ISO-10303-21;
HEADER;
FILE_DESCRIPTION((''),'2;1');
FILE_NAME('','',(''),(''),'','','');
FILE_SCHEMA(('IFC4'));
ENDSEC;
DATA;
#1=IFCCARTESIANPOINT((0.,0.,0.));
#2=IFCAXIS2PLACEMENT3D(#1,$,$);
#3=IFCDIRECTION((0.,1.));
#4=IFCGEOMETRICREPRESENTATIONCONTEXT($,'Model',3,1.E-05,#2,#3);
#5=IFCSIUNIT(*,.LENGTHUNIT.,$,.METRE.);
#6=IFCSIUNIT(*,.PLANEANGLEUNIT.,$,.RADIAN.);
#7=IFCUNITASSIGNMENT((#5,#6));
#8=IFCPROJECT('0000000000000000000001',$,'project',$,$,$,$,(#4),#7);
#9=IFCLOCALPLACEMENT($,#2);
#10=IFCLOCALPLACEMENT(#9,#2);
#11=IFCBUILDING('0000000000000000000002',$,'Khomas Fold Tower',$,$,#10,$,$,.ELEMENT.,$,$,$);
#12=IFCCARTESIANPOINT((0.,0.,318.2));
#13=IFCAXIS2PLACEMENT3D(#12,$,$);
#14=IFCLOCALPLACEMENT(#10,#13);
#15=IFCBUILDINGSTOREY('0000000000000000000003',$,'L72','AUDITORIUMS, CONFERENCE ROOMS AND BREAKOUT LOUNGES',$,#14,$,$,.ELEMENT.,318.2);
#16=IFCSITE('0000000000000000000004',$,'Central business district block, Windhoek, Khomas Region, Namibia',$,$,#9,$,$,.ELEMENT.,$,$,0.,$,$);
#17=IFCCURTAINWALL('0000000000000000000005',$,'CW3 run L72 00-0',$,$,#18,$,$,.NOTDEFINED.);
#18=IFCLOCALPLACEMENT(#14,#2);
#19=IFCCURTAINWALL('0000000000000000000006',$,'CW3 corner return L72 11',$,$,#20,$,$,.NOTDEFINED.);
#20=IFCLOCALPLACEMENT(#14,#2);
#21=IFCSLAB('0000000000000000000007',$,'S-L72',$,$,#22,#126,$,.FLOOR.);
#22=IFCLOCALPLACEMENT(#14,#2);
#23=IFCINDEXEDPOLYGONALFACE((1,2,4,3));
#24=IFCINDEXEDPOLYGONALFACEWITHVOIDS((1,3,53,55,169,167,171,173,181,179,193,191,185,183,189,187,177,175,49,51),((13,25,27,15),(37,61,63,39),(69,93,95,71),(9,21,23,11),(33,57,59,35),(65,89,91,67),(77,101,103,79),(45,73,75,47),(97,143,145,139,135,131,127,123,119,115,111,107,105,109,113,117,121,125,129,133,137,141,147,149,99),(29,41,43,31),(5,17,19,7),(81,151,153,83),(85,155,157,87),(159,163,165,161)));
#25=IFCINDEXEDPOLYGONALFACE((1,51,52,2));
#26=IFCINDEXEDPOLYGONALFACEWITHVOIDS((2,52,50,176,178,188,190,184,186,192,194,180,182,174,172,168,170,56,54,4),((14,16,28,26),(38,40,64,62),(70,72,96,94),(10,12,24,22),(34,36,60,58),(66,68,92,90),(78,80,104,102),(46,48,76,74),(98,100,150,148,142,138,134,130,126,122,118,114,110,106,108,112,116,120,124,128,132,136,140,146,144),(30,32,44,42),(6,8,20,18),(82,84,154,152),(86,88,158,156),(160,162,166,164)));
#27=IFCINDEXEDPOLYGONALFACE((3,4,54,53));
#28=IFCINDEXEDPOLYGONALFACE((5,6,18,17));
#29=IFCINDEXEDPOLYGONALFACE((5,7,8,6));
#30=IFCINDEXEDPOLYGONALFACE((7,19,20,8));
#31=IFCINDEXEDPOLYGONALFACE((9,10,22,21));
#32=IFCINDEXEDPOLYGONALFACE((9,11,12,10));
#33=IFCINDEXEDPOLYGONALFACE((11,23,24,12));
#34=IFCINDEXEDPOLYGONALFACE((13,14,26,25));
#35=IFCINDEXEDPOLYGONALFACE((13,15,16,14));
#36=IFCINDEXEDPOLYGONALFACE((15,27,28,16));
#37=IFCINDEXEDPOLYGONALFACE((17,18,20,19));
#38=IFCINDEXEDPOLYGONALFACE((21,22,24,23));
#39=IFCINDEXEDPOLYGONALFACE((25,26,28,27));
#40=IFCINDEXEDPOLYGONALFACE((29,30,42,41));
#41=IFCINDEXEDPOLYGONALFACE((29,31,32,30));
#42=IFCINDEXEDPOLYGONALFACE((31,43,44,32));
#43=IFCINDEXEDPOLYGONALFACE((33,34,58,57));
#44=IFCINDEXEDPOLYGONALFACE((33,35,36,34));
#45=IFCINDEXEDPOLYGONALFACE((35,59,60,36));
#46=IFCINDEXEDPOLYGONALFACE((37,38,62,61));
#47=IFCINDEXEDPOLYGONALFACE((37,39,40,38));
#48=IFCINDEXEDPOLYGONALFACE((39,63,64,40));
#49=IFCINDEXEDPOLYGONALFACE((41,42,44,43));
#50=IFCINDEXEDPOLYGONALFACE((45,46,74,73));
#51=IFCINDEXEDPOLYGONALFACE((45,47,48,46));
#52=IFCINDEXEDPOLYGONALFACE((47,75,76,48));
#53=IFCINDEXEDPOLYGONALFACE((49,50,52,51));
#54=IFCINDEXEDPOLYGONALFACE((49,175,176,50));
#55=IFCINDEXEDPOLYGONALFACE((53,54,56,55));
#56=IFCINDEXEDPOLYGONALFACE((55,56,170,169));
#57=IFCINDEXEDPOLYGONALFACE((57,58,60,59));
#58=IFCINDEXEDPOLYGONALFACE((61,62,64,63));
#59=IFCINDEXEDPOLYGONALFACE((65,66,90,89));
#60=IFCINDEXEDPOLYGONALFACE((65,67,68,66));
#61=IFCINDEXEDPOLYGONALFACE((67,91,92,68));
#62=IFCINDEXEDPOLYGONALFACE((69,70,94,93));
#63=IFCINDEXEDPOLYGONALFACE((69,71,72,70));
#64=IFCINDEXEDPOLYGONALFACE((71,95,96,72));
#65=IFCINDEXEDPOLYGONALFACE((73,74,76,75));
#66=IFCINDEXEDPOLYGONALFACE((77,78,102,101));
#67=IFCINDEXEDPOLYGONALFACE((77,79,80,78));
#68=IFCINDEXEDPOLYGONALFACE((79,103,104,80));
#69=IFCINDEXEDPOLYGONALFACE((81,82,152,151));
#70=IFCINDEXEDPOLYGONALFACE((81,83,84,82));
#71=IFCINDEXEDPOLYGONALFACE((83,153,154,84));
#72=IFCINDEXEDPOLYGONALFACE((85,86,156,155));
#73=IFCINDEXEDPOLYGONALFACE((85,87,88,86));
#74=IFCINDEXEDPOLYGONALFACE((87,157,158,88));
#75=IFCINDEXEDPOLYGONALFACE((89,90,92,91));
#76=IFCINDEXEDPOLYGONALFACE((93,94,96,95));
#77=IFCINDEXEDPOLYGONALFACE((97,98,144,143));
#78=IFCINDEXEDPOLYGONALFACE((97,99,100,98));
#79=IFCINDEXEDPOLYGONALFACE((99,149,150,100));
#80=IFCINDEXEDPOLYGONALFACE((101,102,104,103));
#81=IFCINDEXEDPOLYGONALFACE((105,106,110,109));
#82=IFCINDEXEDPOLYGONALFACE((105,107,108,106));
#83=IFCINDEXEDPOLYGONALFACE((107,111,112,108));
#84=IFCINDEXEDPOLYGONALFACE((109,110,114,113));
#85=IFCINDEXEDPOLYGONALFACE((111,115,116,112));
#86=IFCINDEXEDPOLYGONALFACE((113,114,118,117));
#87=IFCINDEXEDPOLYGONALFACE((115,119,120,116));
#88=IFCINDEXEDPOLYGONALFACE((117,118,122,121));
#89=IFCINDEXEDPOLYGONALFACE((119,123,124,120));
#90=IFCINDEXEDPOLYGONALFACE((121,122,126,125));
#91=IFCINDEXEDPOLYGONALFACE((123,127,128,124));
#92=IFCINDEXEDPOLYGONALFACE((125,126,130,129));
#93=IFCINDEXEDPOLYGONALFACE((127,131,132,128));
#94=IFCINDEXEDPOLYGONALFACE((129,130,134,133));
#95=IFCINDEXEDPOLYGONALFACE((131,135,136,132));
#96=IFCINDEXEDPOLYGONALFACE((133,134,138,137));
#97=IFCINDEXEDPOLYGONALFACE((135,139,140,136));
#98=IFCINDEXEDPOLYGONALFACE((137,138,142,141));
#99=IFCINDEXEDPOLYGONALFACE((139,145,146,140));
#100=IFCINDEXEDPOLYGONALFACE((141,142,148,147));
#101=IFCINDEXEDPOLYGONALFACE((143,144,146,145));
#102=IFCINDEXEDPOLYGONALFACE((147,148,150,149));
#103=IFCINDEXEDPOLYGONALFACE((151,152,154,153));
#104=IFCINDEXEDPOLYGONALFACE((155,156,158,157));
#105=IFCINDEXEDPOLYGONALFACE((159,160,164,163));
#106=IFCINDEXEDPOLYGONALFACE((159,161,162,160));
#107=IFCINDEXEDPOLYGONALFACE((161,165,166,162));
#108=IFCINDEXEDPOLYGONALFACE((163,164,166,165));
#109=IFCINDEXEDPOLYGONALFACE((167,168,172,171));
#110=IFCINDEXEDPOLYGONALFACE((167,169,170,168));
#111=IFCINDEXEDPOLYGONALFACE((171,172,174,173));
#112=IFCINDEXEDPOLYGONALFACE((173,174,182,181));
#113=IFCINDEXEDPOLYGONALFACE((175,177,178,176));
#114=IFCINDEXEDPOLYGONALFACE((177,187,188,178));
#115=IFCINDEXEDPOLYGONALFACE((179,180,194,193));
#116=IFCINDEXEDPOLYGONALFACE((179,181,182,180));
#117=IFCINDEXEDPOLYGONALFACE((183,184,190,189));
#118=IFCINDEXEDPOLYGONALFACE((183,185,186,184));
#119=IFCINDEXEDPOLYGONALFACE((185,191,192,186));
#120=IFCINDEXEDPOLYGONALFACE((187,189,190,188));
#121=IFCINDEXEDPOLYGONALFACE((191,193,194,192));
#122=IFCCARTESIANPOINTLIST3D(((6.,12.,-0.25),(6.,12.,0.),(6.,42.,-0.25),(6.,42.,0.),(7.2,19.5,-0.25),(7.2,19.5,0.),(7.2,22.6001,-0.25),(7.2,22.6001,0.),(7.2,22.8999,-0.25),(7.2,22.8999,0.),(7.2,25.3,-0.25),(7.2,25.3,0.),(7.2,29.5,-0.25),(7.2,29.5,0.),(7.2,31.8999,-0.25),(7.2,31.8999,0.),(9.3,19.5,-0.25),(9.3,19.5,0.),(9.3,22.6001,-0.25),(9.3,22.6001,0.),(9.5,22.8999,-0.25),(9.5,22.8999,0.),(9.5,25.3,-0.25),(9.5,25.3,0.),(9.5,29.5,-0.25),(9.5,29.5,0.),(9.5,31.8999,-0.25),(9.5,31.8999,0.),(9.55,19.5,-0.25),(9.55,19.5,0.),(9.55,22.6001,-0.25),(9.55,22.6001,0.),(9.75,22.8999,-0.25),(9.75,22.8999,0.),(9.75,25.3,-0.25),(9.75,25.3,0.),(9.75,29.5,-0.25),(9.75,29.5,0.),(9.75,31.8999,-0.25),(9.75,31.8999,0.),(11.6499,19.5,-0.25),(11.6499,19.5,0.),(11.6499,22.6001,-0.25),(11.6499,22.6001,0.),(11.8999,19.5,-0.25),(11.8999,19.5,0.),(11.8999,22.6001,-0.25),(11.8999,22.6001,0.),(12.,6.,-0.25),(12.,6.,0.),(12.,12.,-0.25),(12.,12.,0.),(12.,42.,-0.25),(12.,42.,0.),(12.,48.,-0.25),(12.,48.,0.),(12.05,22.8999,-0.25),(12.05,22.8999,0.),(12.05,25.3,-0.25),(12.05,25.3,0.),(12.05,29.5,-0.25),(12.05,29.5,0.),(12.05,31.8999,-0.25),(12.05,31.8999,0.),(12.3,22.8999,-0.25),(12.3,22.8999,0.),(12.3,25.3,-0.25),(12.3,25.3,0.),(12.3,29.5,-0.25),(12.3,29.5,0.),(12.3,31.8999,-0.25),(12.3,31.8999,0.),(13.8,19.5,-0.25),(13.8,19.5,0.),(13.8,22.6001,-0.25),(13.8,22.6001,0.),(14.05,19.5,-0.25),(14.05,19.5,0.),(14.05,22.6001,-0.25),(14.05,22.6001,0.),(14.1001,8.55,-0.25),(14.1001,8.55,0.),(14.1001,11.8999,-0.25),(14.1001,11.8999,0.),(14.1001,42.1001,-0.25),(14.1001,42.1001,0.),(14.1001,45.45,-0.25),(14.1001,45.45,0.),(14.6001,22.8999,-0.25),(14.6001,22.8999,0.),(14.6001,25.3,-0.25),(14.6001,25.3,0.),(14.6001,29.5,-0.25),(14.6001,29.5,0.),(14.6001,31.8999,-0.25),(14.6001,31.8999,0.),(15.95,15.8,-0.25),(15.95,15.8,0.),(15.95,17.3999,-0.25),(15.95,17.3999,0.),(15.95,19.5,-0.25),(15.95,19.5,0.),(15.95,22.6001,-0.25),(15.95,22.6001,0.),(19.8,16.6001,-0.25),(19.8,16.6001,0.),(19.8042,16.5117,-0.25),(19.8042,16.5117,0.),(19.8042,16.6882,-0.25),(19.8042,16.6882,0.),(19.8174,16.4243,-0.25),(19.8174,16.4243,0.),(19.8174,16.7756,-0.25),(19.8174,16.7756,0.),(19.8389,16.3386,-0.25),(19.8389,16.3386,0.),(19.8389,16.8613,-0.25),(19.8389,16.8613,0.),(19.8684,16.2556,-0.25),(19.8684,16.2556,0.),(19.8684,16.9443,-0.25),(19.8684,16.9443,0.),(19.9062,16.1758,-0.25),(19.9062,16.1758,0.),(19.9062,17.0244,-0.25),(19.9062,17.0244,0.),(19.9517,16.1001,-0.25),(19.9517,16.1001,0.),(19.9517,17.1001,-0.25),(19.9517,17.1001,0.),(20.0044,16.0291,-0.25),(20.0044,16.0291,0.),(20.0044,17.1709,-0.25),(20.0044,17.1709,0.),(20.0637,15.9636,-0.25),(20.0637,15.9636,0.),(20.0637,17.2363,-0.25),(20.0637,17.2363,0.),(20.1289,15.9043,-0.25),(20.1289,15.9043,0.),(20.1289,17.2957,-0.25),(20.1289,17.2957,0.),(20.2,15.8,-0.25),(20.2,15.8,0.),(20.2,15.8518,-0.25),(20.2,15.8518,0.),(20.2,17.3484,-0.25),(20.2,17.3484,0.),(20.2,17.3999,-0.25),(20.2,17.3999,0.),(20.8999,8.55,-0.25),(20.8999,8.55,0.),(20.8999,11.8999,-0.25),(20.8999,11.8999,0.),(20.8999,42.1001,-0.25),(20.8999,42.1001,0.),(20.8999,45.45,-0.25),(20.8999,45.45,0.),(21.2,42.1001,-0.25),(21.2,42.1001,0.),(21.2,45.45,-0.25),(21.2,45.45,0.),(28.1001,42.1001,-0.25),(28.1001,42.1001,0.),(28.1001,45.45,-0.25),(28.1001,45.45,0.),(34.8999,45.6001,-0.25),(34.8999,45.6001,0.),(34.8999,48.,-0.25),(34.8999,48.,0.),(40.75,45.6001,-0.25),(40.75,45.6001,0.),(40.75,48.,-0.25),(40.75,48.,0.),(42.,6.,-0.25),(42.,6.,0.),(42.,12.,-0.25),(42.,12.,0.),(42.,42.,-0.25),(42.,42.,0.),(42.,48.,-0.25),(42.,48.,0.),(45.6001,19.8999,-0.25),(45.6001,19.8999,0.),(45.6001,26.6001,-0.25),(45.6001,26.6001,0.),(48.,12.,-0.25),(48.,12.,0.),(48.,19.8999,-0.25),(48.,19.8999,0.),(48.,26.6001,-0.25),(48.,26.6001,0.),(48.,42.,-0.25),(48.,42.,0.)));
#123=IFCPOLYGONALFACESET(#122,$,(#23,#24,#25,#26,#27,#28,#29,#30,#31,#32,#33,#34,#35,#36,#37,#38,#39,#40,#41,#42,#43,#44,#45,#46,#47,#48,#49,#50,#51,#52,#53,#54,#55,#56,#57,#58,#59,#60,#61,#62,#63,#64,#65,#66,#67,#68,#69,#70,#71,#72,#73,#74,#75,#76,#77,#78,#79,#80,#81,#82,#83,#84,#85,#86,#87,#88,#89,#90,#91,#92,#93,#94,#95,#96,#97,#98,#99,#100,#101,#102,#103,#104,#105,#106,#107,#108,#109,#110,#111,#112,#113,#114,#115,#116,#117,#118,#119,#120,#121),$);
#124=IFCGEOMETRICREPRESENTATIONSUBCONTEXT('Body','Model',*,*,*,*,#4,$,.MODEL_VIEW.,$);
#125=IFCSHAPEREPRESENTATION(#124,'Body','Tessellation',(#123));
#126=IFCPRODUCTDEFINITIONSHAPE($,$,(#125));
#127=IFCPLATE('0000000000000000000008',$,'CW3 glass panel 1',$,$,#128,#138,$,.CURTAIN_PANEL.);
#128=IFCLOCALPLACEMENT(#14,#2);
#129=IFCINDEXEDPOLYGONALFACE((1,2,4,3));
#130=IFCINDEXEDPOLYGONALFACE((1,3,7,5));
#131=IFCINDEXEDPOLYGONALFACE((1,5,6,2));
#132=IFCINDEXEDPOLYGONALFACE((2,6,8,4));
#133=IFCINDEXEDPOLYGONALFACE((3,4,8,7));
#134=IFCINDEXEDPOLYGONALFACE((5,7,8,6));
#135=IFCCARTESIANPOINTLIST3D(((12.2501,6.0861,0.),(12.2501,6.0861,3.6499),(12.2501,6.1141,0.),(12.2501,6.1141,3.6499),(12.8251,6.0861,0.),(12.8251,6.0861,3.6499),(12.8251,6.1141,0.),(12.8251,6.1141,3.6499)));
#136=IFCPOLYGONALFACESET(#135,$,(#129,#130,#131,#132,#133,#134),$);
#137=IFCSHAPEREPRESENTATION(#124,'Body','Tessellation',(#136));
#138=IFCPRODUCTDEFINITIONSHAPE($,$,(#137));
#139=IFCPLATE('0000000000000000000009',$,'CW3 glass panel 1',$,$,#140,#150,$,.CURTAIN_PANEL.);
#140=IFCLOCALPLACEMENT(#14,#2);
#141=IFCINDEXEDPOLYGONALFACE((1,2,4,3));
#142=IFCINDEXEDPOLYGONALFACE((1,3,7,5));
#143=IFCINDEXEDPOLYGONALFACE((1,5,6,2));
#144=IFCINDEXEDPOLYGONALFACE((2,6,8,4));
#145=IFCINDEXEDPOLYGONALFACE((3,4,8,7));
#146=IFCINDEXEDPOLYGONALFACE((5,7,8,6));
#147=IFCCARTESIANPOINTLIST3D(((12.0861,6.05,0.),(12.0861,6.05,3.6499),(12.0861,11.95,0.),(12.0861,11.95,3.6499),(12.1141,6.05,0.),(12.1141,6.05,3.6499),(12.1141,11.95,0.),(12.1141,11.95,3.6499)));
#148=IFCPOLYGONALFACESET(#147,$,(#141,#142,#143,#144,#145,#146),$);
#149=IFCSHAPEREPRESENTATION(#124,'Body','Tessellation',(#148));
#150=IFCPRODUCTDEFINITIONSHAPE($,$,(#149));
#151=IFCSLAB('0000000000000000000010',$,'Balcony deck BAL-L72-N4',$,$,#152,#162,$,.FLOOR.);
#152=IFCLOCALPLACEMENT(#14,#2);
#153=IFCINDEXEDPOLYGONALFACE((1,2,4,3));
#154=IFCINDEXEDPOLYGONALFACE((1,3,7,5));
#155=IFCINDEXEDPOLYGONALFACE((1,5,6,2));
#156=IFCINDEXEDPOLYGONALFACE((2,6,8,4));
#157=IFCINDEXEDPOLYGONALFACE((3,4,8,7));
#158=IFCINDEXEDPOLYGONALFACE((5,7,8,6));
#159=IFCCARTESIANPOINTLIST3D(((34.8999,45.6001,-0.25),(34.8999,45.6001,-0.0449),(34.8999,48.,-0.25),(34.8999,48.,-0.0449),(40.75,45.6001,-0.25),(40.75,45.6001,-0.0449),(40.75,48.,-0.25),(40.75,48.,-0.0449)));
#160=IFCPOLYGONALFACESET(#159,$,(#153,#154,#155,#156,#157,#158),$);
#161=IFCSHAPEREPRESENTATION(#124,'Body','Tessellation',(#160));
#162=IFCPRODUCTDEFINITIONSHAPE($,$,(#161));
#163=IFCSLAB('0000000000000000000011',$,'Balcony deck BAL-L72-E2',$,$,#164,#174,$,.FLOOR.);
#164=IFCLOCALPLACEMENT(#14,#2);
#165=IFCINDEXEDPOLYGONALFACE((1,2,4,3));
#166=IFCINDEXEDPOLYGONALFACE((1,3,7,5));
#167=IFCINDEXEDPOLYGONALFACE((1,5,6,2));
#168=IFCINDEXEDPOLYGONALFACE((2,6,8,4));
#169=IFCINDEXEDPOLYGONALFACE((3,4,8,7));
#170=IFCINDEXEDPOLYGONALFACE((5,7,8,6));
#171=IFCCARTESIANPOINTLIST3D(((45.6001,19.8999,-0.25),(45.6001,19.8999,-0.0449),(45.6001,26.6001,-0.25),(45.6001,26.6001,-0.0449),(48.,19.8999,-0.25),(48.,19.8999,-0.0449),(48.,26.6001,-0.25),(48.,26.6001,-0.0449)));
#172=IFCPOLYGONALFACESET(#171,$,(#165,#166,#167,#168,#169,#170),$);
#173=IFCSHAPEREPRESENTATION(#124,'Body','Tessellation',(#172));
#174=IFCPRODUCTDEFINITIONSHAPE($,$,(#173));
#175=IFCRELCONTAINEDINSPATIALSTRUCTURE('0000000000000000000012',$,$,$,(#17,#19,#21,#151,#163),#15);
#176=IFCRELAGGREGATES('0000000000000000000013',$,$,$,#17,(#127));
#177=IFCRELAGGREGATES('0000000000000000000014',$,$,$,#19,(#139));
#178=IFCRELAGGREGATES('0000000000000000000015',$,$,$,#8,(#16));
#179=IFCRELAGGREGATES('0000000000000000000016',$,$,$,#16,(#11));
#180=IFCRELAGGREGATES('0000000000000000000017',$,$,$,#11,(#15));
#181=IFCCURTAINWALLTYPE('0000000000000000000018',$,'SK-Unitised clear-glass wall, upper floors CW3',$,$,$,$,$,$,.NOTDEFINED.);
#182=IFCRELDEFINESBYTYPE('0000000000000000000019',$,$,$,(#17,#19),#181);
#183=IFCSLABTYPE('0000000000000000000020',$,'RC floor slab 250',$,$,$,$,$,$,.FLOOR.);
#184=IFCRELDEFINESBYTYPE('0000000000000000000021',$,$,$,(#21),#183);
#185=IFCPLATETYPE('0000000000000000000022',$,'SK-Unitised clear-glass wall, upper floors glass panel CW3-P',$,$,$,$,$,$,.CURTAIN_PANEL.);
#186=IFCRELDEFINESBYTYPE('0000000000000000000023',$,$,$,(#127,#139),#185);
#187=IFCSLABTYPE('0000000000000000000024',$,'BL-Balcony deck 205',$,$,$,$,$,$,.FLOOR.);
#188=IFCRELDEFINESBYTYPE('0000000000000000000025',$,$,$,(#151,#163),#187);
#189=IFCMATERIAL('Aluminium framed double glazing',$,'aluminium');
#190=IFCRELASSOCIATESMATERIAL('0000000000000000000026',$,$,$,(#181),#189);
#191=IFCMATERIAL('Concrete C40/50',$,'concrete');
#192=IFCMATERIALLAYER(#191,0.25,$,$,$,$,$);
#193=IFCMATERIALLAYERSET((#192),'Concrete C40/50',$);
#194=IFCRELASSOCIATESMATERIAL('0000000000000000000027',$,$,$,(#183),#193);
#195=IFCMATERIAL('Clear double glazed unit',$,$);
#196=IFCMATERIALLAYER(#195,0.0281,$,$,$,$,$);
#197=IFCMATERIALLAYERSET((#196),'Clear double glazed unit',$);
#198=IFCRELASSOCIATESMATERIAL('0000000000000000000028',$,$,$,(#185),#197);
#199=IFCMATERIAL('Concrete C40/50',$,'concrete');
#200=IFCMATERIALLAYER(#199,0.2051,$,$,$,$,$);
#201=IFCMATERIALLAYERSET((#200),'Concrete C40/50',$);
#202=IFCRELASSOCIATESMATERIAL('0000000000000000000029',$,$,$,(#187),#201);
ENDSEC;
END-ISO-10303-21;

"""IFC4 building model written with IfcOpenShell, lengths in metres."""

from ifc_helpers import new_model, si_unit, direction, frame, origin, origin_2d, place, context, subcontext, project, spatial, polyline, rectangle, outline, extrude, source, transform, mapped, material, layer, layer_set, type_object, element, aggregate, save


model = new_model("IFC4")

# Units and contexts
model_context = context("Model", 3, precision=1e-05, world=origin(), true_north=direction((0.0, 1.0)))
body_context = subcontext(model_context, "Body", "Model", "MODEL_VIEW")
ifc_project = project(units=[si_unit("LENGTHUNIT", "METRE"), si_unit("PLANEANGLEUNIT", "RADIAN")], contexts=[model_context])

# Site, building, storey
site_placement = place(None, origin())
site = spatial("IfcSite", under=ifc_project, at=site_placement, Name="Central business district block, Windhoek, Khomas Region, Namibia", CompositionType="ELEMENT", RefElevation=0.0)
building_placement = place(site_placement, origin())
building = spatial("IfcBuilding", under=site, at=building_placement, Name="Khomas Fold Tower", CompositionType="ELEMENT")
storey_placement = place(building_placement, frame((0.0, 0.0, 318.2)))
storey = spatial("IfcBuildingStorey", under=building, at=storey_placement, Name="L72", Description="AUDITORIUMS, CONFERENCE ROOMS AND BREAKOUT LOUNGES", CompositionType="ELEMENT", Elevation=318.2)

# Curtain wall
ifc_material_1 = material(Name="Aluminium framed double glazing", Category="aluminium")
curtain_wall_type = type_object("IfcCurtainWallType", Name="SK-Unitised clear-glass wall, upper floors CW3", PredefinedType="NOTDEFINED", material=ifc_material_1)
curtain_wall_1_placement = place(storey_placement, origin())
curtain_wall_1 = element("IfcCurtainWall", 1, at=curtain_wall_1_placement, inside=storey, type_object=curtain_wall_type, Name="CW3 run L72 00-0", PredefinedType="NOTDEFINED")

# Curtain wall
curtain_wall_2_placement = place(storey_placement, origin())
curtain_wall_2 = element("IfcCurtainWall", 2, at=curtain_wall_2_placement, inside=storey, type_object=curtain_wall_type, Name="CW3 corner return L72 11", PredefinedType="NOTDEFINED")

# Slab
ifc_material_2 = material(Name="Concrete C40/50", Category="concrete")
ifc_layer_1 = layer(ifc_material_2, 0.25)
ifc_layer_set_1 = layer_set([ifc_layer_1], Name="Concrete C40/50")
slab_type_1 = type_object("IfcSlabType", Name="RC floor slab 250", PredefinedType="FLOOR", material=ifc_layer_set_1)
shared_shape_1 = source(origin(), body_context, "Body", "SweptSolid", [
    extrude(outline(polyline([(6.0, 12.0), (12.0, 12.0), (12.0, 6.0), (42.0, 6.0), (42.0, 12.0), (48.0, 12.0), (48.0, 19.8999), (45.6001, 19.8999), (45.6001, 26.6001), (48.0, 26.6001), (48.0, 42.0), (42.0, 42.0), (42.0, 48.0), (40.75, 48.0), (40.75, 45.6001), (34.8999, 45.6001), (34.8999, 48.0), (12.0, 48.0), (12.0, 42.0), (6.0, 42.0), (6.0, 12.0)]), holes=[polyline([(7.2, 19.5), (7.2, 22.6001), (9.3, 22.6001), (9.3, 19.5), (7.2, 19.5)]), polyline([(7.2, 22.8999), (7.2, 25.3), (9.5, 25.3), (9.5, 22.8999), (7.2, 22.8999)]), polyline([(7.2, 29.5), (7.2, 31.8999), (9.5, 31.8999), (9.5, 29.5), (7.2, 29.5)]), polyline([(9.55, 19.5), (9.55, 22.6001), (11.6499, 22.6001), (11.6499, 19.5), (9.55, 19.5)]), polyline([(9.75, 22.8999), (9.75, 25.3), (12.05, 25.3), (12.05, 22.8999), (9.75, 22.8999)]), polyline([(9.75, 29.5), (9.75, 31.8999), (12.05, 31.8999), (12.05, 29.5), (9.75, 29.5)]), polyline([(11.8999, 19.5), (11.8999, 22.6001), (13.8, 22.6001), (13.8, 19.5), (11.8999, 19.5)]), polyline([(12.3, 22.8999), (12.3, 25.3), (14.6001, 25.3), (14.6001, 22.8999), (12.3, 22.8999)]), polyline([(12.3, 29.5), (12.3, 31.8999), (14.6001, 31.8999), (14.6001, 29.5), (12.3, 29.5)]), polyline([(14.05, 19.5), (14.05, 22.6001), (15.95, 22.6001), (15.95, 19.5), (14.05, 19.5)]), polyline([(14.1001, 8.55), (14.1001, 11.8999), (20.8999, 11.8999), (20.8999, 8.55), (14.1001, 8.55)]), polyline([(14.1001, 42.1001), (14.1001, 45.45), (20.8999, 45.45), (20.8999, 42.1001), (14.1001, 42.1001)]), polyline([(15.95, 15.8), (15.95, 17.3999), (20.2, 17.3999), (20.2, 17.3484), (20.2, 17.3484), (20.1289, 17.2957), (20.0637, 17.2363), (20.0044, 17.1709), (19.9517, 17.1001), (19.9062, 17.0244), (19.8684, 16.9443), (19.8389, 16.8613), (19.8174, 16.7756), (19.8042, 16.6882), (19.8, 16.6001), (19.8042, 16.5117), (19.8174, 16.4243), (19.8389, 16.3386), (19.8684, 16.2556), (19.9062, 16.1758), (19.9517, 16.1001), (20.0044, 16.0291), (20.0637, 15.9636), (20.1289, 15.9043), (20.2, 15.8518), (20.2, 15.8518), (20.2, 15.8), (15.95, 15.8)]), polyline([(21.2, 42.1001), (21.2, 45.45), (28.1001, 45.45), (28.1001, 42.1001), (21.2, 42.1001)])]), origin(), (0.0, 0.0, 1.0), 0.25),
])
slab_1_placement = place(storey_placement, frame((0.0, 0.0, -0.25)))
element("IfcSlab", 3, at=slab_1_placement, inside=storey, type_object=slab_type_1, Name="S-L72", PredefinedType="FLOOR", context=body_context, shape_type="MappedRepresentation", body=[
    mapped(shared_shape_1, transform((0.0, 0.0, 0.0))),
])

# Plates
ifc_material_3 = material(Name="Clear double glazed unit")
ifc_layer_2 = layer(ifc_material_3, 0.0281)
ifc_layer_set_2 = layer_set([ifc_layer_2], Name="Clear double glazed unit")
plate_type_1 = type_object("IfcPlateType", Name="SK-Unitised clear-glass wall, upper floors glass panel CW3-P", PredefinedType="CURTAIN_PANEL", material=ifc_layer_set_2)
shared_shape_2 = source(origin(), body_context, "Body", "SweptSolid", [
    extrude(rectangle(XDim=0.575, YDim=0.0281, at=origin_2d()), origin(), (0.0, 0.0, 1.0), 3.6499),
])
plate_1_placement = place(storey_placement, frame((12.5376, 6.1001, 0.0), z_axis=(0.0, 0.0, 1.0), x_axis=(1.0, 0.0, 0.0)))
plate_1 = element("IfcPlate", 4, at=plate_1_placement, type_object=plate_type_1, Name="CW3 glass panel 1", PredefinedType="CURTAIN_PANEL", context=body_context, shape_type="MappedRepresentation", body=[
    mapped(shared_shape_2, transform((0.0, 0.0, 0.0))),
])
aggregate(curtain_wall_1, [plate_1])
shared_shape_3 = source(origin(), body_context, "Body", "SweptSolid", [
    extrude(rectangle(XDim=5.8999, YDim=0.0281, at=origin_2d()), origin(), (0.0, 0.0, 1.0), 3.6499),
])
plate_2_placement = place(storey_placement, frame((12.1001, 9.0, 0.0), z_axis=(0.0, 0.0, 1.0), x_axis=(0.0, -1.0, 0.0)))
plate_2 = element("IfcPlate", 5, at=plate_2_placement, type_object=plate_type_1, Name="CW3 glass panel 1", PredefinedType="CURTAIN_PANEL", context=body_context, shape_type="MappedRepresentation", body=[
    mapped(shared_shape_3, transform((0.0, 0.0, 0.0))),
])
aggregate(curtain_wall_2, [plate_2])

# Slabs
ifc_material_4 = material(Name="Concrete C40/50", Category="concrete")
ifc_layer_3 = layer(ifc_material_4, 0.2051)
ifc_layer_set_3 = layer_set([ifc_layer_3], Name="Concrete C40/50")
slab_type_2 = type_object("IfcSlabType", Name="BL-Balcony deck 205", PredefinedType="FLOOR", material=ifc_layer_set_3)
shared_shape_4 = source(origin(), body_context, "Body", "SweptSolid", [
    extrude(outline(polyline([(34.8999, 45.6001), (40.75, 45.6001), (40.75, 48.0), (34.8999, 48.0), (34.8999, 45.6001)])), origin(), (0.0, 0.0, 1.0), 0.2051),
])
slab_2_placement = place(storey_placement, frame((0.0, 0.0, -0.25)))
element("IfcSlab", 6, at=slab_2_placement, inside=storey, type_object=slab_type_2, Name="Balcony deck BAL-L72-N4", PredefinedType="FLOOR", context=body_context, shape_type="MappedRepresentation", body=[
    mapped(shared_shape_4, transform((0.0, 0.0, 0.0))),
])
shared_shape_5 = source(origin(), body_context, "Body", "SweptSolid", [
    extrude(outline(polyline([(45.6001, 19.8999), (48.0, 19.8999), (48.0, 26.6001), (45.6001, 26.6001), (45.6001, 19.8999)])), origin(), (0.0, 0.0, 1.0), 0.2051),
])
slab_3_placement = place(storey_placement, frame((0.0, 0.0, -0.25)))
element("IfcSlab", 7, at=slab_3_placement, inside=storey, type_object=slab_type_2, Name="Balcony deck BAL-L72-E2", PredefinedType="FLOOR", context=body_context, shape_type="MappedRepresentation", body=[
    mapped(shared_shape_5, transform((0.0, 0.0, 0.0))),
])

save(model, "model.ifc")
